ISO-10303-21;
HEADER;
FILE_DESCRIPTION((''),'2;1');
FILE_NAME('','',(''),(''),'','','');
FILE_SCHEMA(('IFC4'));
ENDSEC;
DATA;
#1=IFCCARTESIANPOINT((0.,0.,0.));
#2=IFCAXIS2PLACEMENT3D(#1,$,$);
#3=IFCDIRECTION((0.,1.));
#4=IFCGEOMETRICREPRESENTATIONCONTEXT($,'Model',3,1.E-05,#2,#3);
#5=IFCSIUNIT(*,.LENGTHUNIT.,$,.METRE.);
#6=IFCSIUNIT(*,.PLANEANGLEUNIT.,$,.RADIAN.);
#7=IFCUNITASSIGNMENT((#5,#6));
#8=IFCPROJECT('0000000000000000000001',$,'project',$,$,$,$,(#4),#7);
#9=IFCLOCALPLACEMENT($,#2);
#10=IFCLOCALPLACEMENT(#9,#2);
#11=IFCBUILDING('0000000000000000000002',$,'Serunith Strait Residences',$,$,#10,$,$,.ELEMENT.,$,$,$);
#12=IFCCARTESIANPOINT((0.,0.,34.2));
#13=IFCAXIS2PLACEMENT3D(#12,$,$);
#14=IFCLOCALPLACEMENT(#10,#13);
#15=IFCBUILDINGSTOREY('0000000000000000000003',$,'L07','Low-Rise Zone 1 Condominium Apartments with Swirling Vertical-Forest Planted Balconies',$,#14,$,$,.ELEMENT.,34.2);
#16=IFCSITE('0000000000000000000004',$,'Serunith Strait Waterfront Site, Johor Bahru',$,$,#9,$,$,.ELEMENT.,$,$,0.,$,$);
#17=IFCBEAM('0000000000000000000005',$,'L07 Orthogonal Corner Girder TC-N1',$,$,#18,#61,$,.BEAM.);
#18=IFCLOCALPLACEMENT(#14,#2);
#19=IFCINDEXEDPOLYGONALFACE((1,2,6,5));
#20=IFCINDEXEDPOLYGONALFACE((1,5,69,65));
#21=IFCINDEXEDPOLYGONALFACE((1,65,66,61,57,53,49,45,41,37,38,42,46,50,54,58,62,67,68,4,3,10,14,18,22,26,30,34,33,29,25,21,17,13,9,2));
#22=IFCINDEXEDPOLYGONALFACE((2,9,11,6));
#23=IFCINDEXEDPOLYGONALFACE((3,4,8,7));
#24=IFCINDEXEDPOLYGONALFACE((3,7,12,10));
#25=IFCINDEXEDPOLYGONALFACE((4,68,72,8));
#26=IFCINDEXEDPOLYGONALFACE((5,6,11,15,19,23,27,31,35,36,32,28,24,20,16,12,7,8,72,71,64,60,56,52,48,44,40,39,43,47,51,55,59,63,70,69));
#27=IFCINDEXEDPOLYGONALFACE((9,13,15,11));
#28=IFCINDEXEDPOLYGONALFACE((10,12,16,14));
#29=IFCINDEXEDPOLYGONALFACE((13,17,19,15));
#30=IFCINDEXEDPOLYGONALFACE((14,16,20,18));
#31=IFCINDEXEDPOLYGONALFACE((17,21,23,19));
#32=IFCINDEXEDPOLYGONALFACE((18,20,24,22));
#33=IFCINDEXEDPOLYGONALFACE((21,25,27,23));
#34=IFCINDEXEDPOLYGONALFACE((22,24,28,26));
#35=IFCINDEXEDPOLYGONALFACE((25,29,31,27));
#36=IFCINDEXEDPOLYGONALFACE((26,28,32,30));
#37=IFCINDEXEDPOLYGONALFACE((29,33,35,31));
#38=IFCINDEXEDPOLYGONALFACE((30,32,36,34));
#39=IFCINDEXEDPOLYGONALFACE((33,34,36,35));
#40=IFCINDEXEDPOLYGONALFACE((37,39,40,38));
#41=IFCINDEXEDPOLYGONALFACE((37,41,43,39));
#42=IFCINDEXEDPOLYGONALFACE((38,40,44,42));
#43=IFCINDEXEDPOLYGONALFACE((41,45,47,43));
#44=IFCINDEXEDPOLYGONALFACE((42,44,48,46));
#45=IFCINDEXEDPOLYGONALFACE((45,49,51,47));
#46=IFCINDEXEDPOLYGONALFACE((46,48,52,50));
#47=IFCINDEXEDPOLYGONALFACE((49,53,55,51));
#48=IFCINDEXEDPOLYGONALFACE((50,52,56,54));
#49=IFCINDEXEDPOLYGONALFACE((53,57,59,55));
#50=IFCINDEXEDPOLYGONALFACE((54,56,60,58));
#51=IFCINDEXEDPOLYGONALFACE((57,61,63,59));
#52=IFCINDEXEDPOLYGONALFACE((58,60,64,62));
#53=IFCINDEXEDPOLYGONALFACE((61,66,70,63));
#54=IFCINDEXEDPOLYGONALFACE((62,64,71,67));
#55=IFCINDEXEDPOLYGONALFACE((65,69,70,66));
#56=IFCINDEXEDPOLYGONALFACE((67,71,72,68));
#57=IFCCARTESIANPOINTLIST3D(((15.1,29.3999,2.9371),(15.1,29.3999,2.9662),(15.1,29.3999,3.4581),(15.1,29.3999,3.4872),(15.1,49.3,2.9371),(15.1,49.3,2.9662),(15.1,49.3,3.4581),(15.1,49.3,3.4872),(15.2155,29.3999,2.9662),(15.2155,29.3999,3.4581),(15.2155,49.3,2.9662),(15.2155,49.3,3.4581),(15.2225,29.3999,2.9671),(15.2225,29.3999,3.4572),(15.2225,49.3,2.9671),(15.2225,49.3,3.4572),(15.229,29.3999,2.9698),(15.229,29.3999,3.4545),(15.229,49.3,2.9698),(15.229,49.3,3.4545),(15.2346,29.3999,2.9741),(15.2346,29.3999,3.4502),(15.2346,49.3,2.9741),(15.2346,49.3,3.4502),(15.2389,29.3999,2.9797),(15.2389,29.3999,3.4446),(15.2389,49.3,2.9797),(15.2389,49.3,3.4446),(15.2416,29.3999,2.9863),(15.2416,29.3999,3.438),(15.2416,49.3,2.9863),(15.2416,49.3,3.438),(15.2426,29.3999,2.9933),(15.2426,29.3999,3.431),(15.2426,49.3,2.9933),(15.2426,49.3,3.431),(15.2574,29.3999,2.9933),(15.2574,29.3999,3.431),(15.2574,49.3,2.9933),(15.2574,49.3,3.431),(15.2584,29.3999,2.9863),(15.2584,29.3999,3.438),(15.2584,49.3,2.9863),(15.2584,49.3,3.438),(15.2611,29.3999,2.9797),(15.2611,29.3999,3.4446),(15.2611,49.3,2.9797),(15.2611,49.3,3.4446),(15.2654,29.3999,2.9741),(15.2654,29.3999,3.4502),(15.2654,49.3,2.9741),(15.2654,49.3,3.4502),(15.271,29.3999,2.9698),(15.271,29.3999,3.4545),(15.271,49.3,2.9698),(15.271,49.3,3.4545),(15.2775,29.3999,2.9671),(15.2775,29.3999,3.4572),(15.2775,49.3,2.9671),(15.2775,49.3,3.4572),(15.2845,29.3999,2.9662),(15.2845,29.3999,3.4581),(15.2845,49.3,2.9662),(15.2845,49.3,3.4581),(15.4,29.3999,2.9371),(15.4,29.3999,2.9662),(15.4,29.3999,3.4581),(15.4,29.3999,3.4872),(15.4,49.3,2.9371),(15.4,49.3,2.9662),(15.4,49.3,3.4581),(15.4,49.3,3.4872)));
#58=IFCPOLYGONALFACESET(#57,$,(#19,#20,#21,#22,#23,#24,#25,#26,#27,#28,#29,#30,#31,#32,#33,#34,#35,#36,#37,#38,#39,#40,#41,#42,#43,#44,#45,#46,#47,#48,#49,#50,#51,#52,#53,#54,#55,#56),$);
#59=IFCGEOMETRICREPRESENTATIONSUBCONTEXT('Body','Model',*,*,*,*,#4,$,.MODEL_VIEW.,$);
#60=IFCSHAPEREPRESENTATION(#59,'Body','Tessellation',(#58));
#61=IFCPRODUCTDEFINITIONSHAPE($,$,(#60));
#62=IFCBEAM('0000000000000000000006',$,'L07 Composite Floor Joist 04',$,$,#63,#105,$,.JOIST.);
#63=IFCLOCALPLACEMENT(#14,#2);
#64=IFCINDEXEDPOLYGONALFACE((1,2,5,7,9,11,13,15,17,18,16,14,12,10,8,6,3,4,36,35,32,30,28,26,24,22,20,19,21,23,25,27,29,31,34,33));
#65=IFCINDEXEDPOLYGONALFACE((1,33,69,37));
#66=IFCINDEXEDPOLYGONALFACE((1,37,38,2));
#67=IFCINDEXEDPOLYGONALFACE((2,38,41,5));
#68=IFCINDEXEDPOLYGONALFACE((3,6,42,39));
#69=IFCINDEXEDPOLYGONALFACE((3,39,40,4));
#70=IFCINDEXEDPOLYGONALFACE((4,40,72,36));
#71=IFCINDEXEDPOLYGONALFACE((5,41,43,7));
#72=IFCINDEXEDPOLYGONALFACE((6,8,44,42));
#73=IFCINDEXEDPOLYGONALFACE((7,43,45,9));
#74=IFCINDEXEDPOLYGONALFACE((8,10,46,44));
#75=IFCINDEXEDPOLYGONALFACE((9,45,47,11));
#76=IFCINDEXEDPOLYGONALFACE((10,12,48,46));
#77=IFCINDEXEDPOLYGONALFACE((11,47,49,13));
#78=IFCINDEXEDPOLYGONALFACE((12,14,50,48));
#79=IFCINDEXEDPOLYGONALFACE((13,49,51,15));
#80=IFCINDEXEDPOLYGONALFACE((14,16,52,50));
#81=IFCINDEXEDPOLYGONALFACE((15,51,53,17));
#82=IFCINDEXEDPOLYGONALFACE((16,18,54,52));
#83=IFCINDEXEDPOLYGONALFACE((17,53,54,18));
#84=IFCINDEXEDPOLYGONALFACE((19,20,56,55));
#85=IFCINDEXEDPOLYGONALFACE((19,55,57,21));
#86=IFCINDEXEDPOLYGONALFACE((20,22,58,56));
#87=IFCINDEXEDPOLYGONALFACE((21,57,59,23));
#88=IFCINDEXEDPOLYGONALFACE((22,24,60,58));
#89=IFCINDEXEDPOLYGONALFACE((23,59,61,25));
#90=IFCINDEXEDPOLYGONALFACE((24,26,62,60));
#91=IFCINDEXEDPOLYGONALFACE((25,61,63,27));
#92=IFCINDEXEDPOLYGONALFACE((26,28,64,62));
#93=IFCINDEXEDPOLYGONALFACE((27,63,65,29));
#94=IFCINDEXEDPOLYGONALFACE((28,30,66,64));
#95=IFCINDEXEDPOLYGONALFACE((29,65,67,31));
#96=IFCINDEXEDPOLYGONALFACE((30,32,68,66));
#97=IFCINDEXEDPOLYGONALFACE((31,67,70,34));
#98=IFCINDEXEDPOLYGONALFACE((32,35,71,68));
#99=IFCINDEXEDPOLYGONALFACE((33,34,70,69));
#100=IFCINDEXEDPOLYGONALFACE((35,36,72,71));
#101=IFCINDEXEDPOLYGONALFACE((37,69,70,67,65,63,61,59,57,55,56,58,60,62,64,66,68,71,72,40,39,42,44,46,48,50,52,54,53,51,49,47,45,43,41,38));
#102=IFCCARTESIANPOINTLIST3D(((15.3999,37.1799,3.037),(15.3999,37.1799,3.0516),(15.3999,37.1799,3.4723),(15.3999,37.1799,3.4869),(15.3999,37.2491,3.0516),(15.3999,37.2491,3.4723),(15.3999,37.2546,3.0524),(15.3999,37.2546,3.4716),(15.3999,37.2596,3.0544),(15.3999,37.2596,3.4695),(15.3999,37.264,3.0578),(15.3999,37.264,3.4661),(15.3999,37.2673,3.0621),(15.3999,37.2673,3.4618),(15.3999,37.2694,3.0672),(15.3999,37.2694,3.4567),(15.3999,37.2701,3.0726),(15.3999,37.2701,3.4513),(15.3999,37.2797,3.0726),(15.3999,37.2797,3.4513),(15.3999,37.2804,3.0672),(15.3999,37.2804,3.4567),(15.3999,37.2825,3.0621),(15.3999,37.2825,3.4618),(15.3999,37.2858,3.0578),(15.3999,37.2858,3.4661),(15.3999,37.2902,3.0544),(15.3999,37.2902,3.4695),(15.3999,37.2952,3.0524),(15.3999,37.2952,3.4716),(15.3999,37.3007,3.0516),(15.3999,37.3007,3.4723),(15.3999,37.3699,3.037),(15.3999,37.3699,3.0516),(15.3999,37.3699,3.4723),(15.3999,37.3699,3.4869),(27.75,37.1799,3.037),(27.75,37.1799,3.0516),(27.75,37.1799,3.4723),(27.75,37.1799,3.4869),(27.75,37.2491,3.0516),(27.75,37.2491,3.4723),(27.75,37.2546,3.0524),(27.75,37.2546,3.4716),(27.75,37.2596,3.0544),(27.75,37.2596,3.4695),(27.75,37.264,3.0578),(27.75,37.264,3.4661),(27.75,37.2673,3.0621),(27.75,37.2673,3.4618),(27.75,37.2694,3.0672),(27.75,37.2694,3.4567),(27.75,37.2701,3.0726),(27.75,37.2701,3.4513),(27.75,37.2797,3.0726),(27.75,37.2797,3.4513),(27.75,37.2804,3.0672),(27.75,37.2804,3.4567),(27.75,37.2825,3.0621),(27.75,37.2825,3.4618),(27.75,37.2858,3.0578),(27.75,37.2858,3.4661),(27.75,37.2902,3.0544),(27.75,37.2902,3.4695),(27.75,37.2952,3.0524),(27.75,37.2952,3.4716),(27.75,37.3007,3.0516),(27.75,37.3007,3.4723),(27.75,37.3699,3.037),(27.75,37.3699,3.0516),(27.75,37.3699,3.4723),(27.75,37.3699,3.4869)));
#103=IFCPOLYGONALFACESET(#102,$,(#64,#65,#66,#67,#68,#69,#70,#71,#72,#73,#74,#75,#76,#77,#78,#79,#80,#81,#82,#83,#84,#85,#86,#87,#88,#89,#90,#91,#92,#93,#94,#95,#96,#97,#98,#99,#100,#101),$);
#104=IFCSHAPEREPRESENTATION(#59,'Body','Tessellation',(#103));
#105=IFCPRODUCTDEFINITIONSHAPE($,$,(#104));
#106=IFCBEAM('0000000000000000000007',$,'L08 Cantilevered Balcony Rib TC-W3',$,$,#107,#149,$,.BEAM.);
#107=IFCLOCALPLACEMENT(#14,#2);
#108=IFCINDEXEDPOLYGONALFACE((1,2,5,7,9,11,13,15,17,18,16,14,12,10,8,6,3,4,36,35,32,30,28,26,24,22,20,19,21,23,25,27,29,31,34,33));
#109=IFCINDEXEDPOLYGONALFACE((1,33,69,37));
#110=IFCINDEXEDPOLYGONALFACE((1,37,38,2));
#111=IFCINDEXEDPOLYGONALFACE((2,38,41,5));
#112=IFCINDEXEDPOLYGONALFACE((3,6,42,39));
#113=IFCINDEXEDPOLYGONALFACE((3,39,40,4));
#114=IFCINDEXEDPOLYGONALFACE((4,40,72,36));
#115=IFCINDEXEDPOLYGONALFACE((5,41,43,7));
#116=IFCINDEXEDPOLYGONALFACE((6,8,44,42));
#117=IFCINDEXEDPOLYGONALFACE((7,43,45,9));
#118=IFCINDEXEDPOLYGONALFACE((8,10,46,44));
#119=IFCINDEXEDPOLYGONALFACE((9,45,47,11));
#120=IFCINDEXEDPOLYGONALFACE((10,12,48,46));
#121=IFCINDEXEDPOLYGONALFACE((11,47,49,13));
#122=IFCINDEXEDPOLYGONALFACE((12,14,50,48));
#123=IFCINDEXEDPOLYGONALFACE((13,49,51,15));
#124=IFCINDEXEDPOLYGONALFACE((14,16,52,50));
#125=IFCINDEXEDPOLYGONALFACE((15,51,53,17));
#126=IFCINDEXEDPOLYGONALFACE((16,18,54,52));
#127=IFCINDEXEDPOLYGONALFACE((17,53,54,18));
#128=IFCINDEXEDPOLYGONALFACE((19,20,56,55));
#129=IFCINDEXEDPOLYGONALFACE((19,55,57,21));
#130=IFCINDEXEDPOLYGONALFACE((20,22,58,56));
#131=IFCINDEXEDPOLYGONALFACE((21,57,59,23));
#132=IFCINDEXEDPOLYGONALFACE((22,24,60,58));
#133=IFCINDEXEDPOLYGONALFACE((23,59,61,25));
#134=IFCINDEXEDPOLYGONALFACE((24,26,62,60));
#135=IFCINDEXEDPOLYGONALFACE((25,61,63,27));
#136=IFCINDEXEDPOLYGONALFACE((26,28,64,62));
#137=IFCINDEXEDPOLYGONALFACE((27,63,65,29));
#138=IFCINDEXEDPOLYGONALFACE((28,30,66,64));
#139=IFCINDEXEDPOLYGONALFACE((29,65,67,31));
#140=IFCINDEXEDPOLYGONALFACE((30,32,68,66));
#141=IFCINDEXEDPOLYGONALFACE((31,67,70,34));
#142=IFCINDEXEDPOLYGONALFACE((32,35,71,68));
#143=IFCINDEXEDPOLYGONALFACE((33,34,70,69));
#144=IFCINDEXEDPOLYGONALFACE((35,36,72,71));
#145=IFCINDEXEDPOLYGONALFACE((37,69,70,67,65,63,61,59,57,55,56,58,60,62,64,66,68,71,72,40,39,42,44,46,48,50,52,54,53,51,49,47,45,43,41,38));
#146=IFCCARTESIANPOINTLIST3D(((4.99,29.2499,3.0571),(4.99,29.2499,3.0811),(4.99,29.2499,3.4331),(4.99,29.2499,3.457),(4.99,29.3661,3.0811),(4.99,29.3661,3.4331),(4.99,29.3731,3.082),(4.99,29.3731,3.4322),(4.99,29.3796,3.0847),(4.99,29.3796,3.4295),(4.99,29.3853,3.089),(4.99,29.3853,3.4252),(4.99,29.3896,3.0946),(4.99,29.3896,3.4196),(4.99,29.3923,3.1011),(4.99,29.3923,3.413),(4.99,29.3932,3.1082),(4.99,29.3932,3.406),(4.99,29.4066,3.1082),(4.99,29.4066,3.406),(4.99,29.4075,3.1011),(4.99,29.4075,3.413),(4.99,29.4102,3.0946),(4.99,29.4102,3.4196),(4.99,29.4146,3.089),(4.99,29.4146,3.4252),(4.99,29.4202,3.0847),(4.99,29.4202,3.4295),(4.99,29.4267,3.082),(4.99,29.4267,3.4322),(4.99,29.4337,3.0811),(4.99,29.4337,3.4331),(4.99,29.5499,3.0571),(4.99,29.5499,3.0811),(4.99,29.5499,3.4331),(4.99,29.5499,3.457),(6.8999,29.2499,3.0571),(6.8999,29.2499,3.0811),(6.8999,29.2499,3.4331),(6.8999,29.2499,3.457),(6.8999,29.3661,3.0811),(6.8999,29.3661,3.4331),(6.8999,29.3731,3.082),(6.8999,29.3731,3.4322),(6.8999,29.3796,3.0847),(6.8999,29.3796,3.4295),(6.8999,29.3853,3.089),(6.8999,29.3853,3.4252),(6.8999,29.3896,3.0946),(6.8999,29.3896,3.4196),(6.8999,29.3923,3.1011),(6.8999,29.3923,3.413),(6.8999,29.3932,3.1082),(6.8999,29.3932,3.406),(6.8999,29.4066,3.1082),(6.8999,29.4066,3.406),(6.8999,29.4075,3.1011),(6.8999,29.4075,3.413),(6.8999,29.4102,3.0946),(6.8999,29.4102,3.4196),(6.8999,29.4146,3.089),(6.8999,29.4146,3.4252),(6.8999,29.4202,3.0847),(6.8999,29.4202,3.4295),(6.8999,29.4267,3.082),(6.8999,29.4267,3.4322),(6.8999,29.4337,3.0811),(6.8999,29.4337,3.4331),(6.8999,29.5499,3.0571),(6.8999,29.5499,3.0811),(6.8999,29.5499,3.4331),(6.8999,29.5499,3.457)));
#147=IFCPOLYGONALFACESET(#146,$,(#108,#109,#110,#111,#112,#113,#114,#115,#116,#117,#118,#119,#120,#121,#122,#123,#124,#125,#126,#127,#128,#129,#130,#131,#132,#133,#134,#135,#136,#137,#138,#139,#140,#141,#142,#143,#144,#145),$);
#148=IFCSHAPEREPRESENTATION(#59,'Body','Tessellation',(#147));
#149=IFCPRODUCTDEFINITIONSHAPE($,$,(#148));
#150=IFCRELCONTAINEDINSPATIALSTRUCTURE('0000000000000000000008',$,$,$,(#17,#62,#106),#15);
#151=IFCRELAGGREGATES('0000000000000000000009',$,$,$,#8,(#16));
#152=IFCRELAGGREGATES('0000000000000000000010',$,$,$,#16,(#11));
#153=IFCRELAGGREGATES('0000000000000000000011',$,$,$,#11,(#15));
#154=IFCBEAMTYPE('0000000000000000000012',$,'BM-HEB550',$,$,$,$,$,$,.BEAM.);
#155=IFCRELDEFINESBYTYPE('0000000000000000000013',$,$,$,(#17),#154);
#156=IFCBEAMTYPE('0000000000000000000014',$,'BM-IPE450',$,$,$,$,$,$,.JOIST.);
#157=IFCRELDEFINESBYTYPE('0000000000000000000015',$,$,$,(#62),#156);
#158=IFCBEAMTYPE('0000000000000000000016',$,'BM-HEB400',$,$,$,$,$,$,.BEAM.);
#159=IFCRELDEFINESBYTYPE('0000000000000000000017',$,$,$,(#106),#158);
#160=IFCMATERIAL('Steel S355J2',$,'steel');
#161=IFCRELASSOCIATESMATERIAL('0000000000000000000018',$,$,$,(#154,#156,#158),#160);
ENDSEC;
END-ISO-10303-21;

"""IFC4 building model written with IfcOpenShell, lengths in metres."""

from ifc_helpers import new_model, si_unit, direction, frame, origin, origin_2d, place, context, subcontext, project, spatial, i_section, extrude, source, transform, mapped, material, material_profile, profile_set, type_object, element, save


model = new_model("IFC4")

# Units and contexts
model_context = context("Model", 3, precision=1e-05, world=origin(), true_north=direction((0.0, 1.0)))
body_context = subcontext(model_context, "Body", "Model", "MODEL_VIEW")
ifc_project = project(units=[si_unit("LENGTHUNIT", "METRE"), si_unit("PLANEANGLEUNIT", "RADIAN")], contexts=[model_context])

# Site, building, storey
site_placement = place(None, origin())
site = spatial("IfcSite", under=ifc_project, at=site_placement, Name="Serunith Strait Waterfront Site, Johor Bahru", CompositionType="ELEMENT", RefElevation=0.0)
building_placement = place(site_placement, origin())
building = spatial("IfcBuilding", under=site, at=building_placement, Name="Serunith Strait Residences", CompositionType="ELEMENT")
storey_placement = place(building_placement, frame((0.0, 0.0, 34.2)))
storey = spatial("IfcBuildingStorey", under=building, at=storey_placement, Name="L07", Description="Low-Rise Zone 1 Condominium Apartments with Swirling Vertical-Forest Planted Balconies", CompositionType="ELEMENT", Elevation=34.2)

# Beams
ifc_material_1 = material(Name="Steel S355J2", Category="steel")
ifc_material_profile_1 = material_profile(ifc_material_1, i_section(OverallWidth=0.3, OverallDepth=0.55, WebThickness=0.0149, FlangeThickness=0.0291, FilletRadius=0.0271, at=origin_2d()), Name="HEB 550")
ifc_profile_set_1 = profile_set([ifc_material_profile_1], Name="Steel S355J2")
beam_type_1 = type_object("IfcBeamType", Name="BM-HEB550", PredefinedType="BEAM", material=ifc_profile_set_1)
shared_shape_1 = source(origin(), body_context, "Body", "SweptSolid", [
    extrude(i_section(OverallWidth=0.3, OverallDepth=0.55, WebThickness=0.0149, FlangeThickness=0.0291, FilletRadius=0.0271, at=origin_2d()), origin(), (0.0, 0.0, 1.0), 19.9001),
])
beam_1_placement = place(storey_placement, frame((15.25, 29.3999, 3.2122), z_axis=(0.0, 1.0, 0.0), x_axis=(-1.0, 0.0, 0.0)))
element("IfcBeam", 1, at=beam_1_placement, inside=storey, type_object=beam_type_1, Name="L07 Orthogonal Corner Girder TC-N1", PredefinedType="BEAM", context=body_context, shape_type="MappedRepresentation", body=[
    mapped(shared_shape_1, transform((0.0, 0.0, 0.0), scale=1.0)),
])
ifc_material_profile_2 = material_profile(ifc_material_1, i_section(OverallWidth=0.1899, OverallDepth=0.45, WebThickness=0.0095, FlangeThickness=0.0146, FilletRadius=0.021, at=origin_2d()), Name="IPE 450")
ifc_profile_set_2 = profile_set([ifc_material_profile_2], Name="Steel S355J2")
beam_type_2 = type_object("IfcBeamType", Name="BM-IPE450", PredefinedType="JOIST", material=ifc_profile_set_2)
shared_shape_2 = source(origin(), body_context, "Body", "SweptSolid", [
    extrude(i_section(OverallWidth=0.1899, OverallDepth=0.45, WebThickness=0.0095, FlangeThickness=0.0146, FilletRadius=0.021, at=origin_2d()), origin(), (0.0, 0.0, 1.0), 12.3501),
])
beam_2_placement = place(storey_placement, frame((15.3999, 37.2749, 3.262), z_axis=(1.0, 0.0, 0.0), x_axis=(0.0, 1.0, 0.0)))
element("IfcBeam", 2, at=beam_2_placement, inside=storey, type_object=beam_type_2, Name="L07 Composite Floor Joist 04", PredefinedType="JOIST", context=body_context, shape_type="MappedRepresentation", body=[
    mapped(shared_shape_2, transform((0.0, 0.0, 0.0), scale=1.0)),
])
ifc_material_profile_3 = material_profile(ifc_material_1, i_section(OverallWidth=0.3, OverallDepth=0.3999, WebThickness=0.0134, FlangeThickness=0.0239, FilletRadius=0.0271, at=origin_2d()), Name="HEB 400")
ifc_profile_set_3 = profile_set([ifc_material_profile_3], Name="Steel S355J2")
beam_type_3 = type_object("IfcBeamType", Name="BM-HEB400", PredefinedType="BEAM", material=ifc_profile_set_3)
shared_shape_3 = source(origin(), body_context, "Body", "SweptSolid", [
    extrude(i_section(OverallWidth=0.3, OverallDepth=0.3999, WebThickness=0.0134, FlangeThickness=0.0239, FilletRadius=0.0271, at=origin_2d()), origin(), (0.0, 0.0, 1.0), 1.9099),
])
beam_3_placement = place(storey_placement, frame((6.8999, 29.3999, 3.2571), z_axis=(-1.0, 0.0, 0.0), x_axis=(0.0, -1.0, 0.0)))
element("IfcBeam", 3, at=beam_3_placement, inside=storey, type_object=beam_type_3, Name="L08 Cantilevered Balcony Rib TC-W3", PredefinedType="BEAM", context=body_context, shape_type="MappedRepresentation", body=[
    mapped(shared_shape_3, transform((0.0, 0.0, 0.0), scale=1.0)),
])

save(model, "model.ifc")
